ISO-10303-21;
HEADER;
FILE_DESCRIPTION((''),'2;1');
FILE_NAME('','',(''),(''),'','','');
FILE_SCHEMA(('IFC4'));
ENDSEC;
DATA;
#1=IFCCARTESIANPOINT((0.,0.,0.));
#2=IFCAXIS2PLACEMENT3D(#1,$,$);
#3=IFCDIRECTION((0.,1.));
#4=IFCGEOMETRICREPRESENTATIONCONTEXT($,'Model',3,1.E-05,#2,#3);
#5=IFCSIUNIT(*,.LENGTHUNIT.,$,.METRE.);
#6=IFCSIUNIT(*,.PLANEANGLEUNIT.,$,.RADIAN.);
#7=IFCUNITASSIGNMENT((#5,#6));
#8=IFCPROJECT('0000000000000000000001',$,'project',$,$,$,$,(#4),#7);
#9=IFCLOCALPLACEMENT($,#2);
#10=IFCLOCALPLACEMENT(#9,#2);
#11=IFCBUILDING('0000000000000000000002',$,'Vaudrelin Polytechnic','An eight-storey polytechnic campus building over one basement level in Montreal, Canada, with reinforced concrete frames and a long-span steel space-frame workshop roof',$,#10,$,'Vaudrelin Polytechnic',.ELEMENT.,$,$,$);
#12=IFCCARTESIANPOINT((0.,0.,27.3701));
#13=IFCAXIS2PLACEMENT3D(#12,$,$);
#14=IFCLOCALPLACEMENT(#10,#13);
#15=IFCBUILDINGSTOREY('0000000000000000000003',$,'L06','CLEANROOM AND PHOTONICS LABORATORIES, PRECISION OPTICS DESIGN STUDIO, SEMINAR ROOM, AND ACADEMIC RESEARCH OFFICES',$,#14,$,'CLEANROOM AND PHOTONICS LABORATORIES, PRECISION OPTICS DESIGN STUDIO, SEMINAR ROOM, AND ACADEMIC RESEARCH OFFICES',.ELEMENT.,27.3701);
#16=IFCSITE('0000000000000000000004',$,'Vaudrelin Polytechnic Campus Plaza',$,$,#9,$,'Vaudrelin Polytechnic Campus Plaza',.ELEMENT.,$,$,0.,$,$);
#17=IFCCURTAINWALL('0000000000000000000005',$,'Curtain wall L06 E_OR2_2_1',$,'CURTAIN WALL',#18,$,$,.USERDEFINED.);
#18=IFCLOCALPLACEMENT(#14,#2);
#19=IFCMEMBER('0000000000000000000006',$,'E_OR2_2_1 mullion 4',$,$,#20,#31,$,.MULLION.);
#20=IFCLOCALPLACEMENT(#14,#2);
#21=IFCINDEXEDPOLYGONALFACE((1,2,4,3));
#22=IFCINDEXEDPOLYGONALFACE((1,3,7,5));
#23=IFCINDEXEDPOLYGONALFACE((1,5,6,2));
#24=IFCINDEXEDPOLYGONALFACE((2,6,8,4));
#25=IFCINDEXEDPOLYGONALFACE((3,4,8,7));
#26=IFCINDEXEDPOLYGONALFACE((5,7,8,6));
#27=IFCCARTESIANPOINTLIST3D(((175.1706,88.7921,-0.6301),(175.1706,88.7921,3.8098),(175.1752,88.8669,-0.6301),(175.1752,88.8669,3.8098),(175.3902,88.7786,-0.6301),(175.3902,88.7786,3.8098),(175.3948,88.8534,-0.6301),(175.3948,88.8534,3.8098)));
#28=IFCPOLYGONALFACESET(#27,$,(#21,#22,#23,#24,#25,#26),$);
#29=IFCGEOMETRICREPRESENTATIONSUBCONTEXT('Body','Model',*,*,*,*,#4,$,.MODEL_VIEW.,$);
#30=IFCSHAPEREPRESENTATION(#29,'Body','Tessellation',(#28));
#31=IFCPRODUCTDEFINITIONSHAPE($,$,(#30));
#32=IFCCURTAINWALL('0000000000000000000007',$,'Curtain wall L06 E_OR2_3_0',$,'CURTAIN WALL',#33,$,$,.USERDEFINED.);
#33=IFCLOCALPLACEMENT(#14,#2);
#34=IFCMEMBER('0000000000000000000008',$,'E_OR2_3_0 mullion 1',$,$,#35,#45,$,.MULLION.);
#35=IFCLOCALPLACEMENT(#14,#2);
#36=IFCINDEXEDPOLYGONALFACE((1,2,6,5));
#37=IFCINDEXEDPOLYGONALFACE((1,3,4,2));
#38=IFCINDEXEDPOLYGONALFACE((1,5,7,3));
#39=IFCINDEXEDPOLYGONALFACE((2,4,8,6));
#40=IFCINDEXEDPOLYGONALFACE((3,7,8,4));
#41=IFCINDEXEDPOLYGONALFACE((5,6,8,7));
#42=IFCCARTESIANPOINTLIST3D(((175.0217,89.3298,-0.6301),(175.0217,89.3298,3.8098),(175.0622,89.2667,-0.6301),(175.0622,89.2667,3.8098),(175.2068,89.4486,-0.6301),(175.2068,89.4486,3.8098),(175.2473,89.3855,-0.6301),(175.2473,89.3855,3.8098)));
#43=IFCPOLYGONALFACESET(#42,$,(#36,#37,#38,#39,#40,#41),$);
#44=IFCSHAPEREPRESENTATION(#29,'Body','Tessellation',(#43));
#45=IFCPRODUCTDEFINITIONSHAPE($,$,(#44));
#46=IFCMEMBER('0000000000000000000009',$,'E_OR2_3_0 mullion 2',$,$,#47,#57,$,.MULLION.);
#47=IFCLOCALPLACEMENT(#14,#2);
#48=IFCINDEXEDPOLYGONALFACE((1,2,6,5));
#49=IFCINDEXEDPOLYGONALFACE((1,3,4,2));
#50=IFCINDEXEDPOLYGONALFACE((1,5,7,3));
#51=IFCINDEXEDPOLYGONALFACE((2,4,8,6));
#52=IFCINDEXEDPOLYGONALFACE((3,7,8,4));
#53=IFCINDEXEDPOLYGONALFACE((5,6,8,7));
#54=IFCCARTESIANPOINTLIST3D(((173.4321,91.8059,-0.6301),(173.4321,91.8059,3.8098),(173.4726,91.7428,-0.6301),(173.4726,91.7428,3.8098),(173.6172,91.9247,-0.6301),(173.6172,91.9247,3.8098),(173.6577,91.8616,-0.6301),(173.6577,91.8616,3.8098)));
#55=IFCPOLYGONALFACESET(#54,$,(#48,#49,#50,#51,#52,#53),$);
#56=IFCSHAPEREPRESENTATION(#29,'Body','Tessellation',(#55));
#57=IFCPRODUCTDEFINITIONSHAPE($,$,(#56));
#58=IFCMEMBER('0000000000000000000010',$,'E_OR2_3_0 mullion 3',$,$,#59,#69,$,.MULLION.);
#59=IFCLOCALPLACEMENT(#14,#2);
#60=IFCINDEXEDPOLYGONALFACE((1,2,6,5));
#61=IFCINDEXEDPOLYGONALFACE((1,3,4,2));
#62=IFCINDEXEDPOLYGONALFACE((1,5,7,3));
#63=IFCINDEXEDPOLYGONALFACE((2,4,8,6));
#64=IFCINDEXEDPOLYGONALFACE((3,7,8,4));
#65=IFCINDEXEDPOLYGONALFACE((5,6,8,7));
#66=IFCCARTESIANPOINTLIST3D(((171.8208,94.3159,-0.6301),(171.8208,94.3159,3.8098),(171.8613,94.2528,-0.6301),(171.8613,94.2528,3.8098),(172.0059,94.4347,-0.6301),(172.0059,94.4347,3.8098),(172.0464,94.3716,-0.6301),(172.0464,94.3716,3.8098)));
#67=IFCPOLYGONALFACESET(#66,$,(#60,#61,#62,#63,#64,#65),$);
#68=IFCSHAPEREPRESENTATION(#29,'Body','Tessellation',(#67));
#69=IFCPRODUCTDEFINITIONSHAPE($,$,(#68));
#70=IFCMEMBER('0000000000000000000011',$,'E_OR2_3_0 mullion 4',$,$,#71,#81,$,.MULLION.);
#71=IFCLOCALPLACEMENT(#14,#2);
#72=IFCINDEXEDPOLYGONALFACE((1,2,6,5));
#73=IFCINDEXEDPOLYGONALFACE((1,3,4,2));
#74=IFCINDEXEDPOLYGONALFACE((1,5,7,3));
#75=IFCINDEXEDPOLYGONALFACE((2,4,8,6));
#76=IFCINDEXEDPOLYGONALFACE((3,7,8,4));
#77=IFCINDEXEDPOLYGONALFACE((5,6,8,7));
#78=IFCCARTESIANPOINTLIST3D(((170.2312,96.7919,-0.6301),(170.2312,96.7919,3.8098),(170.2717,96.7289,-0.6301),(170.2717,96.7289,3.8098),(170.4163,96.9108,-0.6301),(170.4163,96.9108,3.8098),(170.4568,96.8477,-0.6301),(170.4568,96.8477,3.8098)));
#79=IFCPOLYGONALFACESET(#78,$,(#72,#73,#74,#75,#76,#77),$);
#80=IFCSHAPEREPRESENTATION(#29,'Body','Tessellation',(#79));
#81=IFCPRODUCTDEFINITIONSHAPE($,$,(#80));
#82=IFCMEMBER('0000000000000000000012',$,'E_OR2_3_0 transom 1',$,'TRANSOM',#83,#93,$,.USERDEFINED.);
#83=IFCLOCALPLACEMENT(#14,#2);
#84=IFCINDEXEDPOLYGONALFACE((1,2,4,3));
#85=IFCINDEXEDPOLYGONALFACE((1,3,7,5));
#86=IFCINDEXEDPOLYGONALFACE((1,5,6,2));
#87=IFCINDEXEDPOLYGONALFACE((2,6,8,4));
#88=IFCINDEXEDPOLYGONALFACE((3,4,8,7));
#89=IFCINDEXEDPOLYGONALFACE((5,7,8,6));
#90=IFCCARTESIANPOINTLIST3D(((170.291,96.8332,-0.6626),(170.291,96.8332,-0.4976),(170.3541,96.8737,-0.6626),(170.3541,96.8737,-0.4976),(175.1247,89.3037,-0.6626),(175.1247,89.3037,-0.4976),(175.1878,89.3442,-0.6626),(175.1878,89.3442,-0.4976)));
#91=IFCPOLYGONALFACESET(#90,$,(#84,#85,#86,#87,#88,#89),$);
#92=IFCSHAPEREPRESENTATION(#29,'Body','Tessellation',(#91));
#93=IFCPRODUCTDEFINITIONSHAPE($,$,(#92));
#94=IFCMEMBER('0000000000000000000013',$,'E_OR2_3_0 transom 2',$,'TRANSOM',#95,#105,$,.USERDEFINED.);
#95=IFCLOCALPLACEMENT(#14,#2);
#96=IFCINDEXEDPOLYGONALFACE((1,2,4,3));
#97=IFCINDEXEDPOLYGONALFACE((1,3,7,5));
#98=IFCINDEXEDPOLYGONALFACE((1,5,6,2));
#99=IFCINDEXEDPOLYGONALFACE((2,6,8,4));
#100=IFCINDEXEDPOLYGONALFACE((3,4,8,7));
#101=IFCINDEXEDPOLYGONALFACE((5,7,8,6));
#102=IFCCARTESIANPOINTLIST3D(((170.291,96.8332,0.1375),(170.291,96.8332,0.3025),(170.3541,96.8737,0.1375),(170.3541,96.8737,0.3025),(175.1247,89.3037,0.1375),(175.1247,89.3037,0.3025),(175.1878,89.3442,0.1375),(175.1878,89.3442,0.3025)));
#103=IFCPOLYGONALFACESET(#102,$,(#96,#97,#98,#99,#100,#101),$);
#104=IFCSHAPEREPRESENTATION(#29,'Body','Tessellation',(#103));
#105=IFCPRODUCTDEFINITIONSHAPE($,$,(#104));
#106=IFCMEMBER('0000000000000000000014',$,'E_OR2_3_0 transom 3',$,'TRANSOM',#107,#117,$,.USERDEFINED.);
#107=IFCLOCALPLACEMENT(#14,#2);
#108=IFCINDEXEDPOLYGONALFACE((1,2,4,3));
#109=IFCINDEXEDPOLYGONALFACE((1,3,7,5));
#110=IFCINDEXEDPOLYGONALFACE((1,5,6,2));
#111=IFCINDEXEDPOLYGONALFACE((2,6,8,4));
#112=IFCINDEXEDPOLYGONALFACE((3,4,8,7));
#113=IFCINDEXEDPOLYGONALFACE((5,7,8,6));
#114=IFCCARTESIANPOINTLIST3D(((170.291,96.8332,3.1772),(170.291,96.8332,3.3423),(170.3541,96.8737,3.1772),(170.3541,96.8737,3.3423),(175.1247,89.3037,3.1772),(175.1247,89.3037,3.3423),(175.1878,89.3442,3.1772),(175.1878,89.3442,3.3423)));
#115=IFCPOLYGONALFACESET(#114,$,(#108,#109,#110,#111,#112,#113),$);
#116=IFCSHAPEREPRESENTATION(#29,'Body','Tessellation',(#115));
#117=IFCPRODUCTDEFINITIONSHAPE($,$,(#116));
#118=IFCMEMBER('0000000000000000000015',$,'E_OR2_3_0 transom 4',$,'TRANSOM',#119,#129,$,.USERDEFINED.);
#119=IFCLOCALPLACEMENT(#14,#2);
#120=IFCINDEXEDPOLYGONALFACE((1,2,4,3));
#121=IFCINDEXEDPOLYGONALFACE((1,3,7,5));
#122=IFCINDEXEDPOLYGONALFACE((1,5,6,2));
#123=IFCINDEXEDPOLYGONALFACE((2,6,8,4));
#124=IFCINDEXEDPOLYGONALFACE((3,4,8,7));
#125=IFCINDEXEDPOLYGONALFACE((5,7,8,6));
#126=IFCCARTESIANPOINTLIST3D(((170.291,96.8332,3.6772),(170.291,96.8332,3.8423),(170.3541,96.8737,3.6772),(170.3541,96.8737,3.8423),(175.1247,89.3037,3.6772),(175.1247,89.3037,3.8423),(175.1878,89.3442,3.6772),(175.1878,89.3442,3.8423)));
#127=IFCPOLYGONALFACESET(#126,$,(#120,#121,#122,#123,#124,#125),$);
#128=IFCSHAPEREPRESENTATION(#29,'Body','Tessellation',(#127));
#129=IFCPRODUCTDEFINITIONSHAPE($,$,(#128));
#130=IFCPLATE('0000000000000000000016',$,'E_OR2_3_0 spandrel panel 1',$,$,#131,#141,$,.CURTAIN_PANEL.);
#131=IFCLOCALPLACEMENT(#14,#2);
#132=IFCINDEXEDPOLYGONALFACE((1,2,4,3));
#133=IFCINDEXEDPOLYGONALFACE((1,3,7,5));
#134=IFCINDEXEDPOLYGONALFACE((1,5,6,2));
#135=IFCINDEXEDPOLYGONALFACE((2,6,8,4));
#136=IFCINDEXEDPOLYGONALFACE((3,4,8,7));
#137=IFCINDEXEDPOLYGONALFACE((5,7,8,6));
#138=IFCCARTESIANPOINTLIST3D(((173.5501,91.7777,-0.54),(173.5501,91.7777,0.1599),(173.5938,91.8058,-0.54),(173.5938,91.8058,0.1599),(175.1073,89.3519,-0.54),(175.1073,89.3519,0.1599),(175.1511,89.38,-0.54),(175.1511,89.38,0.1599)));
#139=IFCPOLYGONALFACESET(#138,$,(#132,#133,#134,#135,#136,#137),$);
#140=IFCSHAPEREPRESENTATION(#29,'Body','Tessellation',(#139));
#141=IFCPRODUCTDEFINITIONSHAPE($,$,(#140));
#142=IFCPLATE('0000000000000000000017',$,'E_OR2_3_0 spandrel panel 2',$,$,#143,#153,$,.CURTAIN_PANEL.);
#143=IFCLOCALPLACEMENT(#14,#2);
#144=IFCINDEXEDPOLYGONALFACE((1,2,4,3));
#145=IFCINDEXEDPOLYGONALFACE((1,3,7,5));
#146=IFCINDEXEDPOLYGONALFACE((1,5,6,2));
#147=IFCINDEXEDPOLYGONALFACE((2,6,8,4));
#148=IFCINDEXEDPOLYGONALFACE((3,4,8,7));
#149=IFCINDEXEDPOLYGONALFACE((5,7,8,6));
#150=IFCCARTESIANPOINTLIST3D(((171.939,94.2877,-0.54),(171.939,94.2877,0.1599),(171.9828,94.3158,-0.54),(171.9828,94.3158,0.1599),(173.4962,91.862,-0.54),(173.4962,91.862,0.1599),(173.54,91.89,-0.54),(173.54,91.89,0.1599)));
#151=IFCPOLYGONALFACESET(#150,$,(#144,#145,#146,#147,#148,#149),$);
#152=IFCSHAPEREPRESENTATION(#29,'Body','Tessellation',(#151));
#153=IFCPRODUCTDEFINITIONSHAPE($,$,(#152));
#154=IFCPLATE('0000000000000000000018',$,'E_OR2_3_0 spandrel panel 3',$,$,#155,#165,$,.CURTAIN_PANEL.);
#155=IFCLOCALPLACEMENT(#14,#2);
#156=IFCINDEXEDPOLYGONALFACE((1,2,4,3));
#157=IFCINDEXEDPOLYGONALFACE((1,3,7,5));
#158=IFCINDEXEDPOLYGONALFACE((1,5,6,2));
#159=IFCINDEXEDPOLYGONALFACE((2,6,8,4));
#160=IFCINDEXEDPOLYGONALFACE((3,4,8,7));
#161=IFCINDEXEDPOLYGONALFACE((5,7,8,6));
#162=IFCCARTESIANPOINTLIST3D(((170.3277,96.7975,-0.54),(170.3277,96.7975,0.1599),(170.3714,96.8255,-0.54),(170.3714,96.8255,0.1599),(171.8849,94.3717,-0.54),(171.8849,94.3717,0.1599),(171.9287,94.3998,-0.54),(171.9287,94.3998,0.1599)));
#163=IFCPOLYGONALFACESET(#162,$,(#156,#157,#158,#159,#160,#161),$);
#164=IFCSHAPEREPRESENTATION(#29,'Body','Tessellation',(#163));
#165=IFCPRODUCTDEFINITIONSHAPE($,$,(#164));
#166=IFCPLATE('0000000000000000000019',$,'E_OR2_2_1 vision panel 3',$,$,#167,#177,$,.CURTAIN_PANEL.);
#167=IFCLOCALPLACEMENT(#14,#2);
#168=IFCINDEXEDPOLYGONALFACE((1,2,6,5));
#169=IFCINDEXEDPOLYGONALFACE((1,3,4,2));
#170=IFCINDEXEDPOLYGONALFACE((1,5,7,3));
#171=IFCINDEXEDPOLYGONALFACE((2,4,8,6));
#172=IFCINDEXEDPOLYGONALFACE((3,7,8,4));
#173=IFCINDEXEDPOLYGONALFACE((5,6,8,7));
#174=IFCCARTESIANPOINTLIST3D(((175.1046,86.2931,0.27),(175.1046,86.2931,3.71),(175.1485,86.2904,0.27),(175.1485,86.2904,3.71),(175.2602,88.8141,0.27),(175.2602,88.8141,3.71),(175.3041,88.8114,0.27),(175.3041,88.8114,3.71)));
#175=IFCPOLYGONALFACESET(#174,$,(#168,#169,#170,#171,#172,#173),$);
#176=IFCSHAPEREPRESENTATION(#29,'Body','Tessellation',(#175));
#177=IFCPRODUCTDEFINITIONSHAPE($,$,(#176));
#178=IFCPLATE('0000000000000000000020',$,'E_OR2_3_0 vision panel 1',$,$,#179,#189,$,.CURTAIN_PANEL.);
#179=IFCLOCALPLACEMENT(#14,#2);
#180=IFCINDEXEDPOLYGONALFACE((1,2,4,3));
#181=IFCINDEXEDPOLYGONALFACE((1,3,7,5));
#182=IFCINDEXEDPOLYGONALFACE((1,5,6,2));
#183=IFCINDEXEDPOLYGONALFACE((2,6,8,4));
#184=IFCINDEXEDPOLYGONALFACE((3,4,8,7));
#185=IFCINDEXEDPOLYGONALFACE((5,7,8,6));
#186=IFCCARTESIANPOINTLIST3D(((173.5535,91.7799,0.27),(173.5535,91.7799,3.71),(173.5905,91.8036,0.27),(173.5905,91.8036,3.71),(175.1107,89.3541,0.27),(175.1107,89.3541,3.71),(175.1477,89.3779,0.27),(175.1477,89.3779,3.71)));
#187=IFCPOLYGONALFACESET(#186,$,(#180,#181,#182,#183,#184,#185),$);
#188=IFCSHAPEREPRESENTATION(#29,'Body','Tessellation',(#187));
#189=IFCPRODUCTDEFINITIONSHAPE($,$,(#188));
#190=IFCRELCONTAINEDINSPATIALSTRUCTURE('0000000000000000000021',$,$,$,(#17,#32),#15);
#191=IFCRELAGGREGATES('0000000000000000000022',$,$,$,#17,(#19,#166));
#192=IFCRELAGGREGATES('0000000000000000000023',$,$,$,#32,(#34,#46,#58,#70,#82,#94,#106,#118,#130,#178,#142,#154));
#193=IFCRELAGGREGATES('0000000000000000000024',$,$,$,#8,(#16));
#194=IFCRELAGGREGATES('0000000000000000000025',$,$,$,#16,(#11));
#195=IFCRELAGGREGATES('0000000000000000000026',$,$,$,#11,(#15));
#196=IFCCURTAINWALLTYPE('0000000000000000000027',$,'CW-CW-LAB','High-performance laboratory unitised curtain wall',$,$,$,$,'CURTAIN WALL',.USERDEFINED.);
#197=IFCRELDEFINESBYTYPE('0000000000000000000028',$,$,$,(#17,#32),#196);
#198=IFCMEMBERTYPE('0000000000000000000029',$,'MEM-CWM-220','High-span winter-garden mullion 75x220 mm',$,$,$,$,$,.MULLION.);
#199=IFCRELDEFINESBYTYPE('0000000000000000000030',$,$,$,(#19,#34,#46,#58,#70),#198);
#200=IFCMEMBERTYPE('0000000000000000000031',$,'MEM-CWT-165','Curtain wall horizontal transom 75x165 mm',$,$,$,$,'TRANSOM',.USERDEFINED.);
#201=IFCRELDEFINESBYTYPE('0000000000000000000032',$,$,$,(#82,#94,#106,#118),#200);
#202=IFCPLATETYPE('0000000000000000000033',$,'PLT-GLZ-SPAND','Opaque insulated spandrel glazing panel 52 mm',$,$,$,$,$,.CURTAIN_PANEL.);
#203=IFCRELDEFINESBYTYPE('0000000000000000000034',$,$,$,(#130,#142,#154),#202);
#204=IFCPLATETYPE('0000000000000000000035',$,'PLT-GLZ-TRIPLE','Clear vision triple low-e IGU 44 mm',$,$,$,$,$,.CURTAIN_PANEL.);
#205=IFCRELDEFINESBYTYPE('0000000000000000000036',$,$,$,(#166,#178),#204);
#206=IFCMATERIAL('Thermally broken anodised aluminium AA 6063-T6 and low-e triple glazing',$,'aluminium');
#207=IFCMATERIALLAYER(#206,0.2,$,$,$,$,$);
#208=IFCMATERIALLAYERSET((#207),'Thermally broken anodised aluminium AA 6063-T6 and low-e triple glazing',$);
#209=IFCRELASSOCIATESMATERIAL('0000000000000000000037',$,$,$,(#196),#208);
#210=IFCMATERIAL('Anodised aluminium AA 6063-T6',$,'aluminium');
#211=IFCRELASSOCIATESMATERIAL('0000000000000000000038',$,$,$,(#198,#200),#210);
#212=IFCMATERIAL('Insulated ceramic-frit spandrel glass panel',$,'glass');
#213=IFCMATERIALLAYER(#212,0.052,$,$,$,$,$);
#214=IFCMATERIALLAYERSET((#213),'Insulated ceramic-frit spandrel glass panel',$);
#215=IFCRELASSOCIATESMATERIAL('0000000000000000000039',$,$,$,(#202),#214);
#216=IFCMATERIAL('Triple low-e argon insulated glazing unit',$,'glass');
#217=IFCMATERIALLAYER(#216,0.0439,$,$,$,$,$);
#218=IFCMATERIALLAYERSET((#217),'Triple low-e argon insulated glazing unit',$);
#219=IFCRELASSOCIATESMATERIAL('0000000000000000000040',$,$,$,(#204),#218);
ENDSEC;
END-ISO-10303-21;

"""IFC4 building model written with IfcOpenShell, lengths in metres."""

from ifc_helpers import new_model, si_unit, direction, frame, origin, origin_2d, place, context, subcontext, project, spatial, rectangle, extrude, material, layer, layer_set, material_profile, profile_set, type_object, element, aggregate, save


model = new_model("IFC4")

# Units and contexts
model_context = context("Model", 3, precision=1e-05, world=origin(), true_north=direction((0.0, 1.0)))
body_context = subcontext(model_context, "Body", "Model", "MODEL_VIEW")
ifc_project = project(units=[si_unit("LENGTHUNIT", "METRE"), si_unit("PLANEANGLEUNIT", "RADIAN")], contexts=[model_context])

# Site, building, storey
site_placement = place(None, origin())
site = spatial("IfcSite", under=ifc_project, at=site_placement, Name="Vaudrelin Polytechnic Campus Plaza", LongName="Vaudrelin Polytechnic Campus Plaza", CompositionType="ELEMENT", RefElevation=0.0)
building_placement = place(site_placement, origin())
building = spatial("IfcBuilding", under=site, at=building_placement, Name="Vaudrelin Polytechnic", Description="An eight-storey polytechnic campus building over one basement level in Montreal, Canada, with reinforced concrete frames and a long-span steel space-frame workshop roof", LongName="Vaudrelin Polytechnic", CompositionType="ELEMENT")
storey_placement = place(building_placement, frame((0.0, 0.0, 27.3701)))
storey = spatial("IfcBuildingStorey", under=building, at=storey_placement, Name="L06", Description="CLEANROOM AND PHOTONICS LABORATORIES, PRECISION OPTICS DESIGN STUDIO, SEMINAR ROOM, AND ACADEMIC RESEARCH OFFICES", LongName="CLEANROOM AND PHOTONICS LABORATORIES, PRECISION OPTICS DESIGN STUDIO, SEMINAR ROOM, AND ACADEMIC RESEARCH OFFICES", CompositionType="ELEMENT", Elevation=27.3701)

# Curtain wall, member
ifc_material_1 = material(Name="Thermally broken anodised aluminium AA 6063-T6 and low-e triple glazing", Category="aluminium")
ifc_layer_1 = layer(ifc_material_1, 0.2)
ifc_layer_set_1 = layer_set([ifc_layer_1], Name="Thermally broken anodised aluminium AA 6063-T6 and low-e triple glazing")
curtain_wall_type = type_object("IfcCurtainWallType", Name="CW-CW-LAB", Description="High-performance laboratory unitised curtain wall", ElementType="CURTAIN WALL", PredefinedType="USERDEFINED", material=ifc_layer_set_1)
curtain_wall_1_placement = place(storey_placement, origin())
curtain_wall_1 = element("IfcCurtainWall", 1, at=curtain_wall_1_placement, inside=storey, type_object=curtain_wall_type, Name="Curtain wall L06 E_OR2_2_1", ObjectType="CURTAIN WALL", PredefinedType="USERDEFINED")
ifc_material_2 = material(Name="Anodised aluminium AA 6063-T6", Category="aluminium")
ifc_material_profile_1 = material_profile(ifc_material_2, rectangle(XDim=0.075, YDim=0.22, at=origin_2d()), Name="CWM-75x220")
ifc_profile_set_1 = profile_set([ifc_material_profile_1], Name="Anodised aluminium AA 6063-T6")
member_type_1 = type_object("IfcMemberType", Name="MEM-CWM-220", Description="High-span winter-garden mullion 75x220 mm", PredefinedType="MULLION", material=ifc_profile_set_1)
member_1_placement = place(storey_placement, frame((175.2827, 88.8228, -0.6301), z_axis=(0.0, 0.0, 1.0), x_axis=(0.061605, 0.998101, 0.0)))
member_1 = element("IfcMember", 2, at=member_1_placement, type_object=member_type_1, Name="E_OR2_2_1 mullion 4", PredefinedType="MULLION", context=body_context, shape_type="SweptSolid", body=[
    extrude(rectangle(XDim=0.075, YDim=0.22, at=origin_2d()), origin(), (0.0, 0.0, 1.0), 4.4399),
])

# Curtain wall, members, plates
curtain_wall_2_placement = place(storey_placement, origin())
curtain_wall_2 = element("IfcCurtainWall", 3, at=curtain_wall_2_placement, inside=storey, type_object=curtain_wall_type, Name="Curtain wall L06 E_OR2_3_0", ObjectType="CURTAIN WALL", PredefinedType="USERDEFINED")
member_2_placement = place(storey_placement, frame((175.1345, 89.3577, -0.6301), z_axis=(0.0, 0.0, 1.0), x_axis=(-0.540228, 0.841519, 0.0)))
member_2 = element("IfcMember", 4, at=member_2_placement, type_object=member_type_1, Name="E_OR2_3_0 mullion 1", PredefinedType="MULLION", context=body_context, shape_type="SweptSolid", body=[
    extrude(rectangle(XDim=0.075, YDim=0.22, at=origin_2d()), origin(), (0.0, 0.0, 1.0), 4.4399),
])
member_3_placement = place(storey_placement, frame((173.5449, 91.8337, -0.6301), z_axis=(0.0, 0.0, 1.0), x_axis=(-0.540228, 0.841519, 0.0)))
member_3 = element("IfcMember", 5, at=member_3_placement, type_object=member_type_1, Name="E_OR2_3_0 mullion 2", PredefinedType="MULLION", context=body_context, shape_type="SweptSolid", body=[
    extrude(rectangle(XDim=0.075, YDim=0.22, at=origin_2d()), origin(), (0.0, 0.0, 1.0), 4.4399),
])
member_4_placement = place(storey_placement, frame((171.9336, 94.3438, -0.6301), z_axis=(0.0, 0.0, 1.0), x_axis=(-0.540228, 0.841519, 0.0)))
member_4 = element("IfcMember", 6, at=member_4_placement, type_object=member_type_1, Name="E_OR2_3_0 mullion 3", PredefinedType="MULLION", context=body_context, shape_type="SweptSolid", body=[
    extrude(rectangle(XDim=0.075, YDim=0.22, at=origin_2d()), origin(), (0.0, 0.0, 1.0), 4.4399),
])
member_5_placement = place(storey_placement, frame((170.344, 96.8198, -0.6301), z_axis=(0.0, 0.0, 1.0), x_axis=(-0.540228, 0.841519, 0.0)))
member_5 = element("IfcMember", 7, at=member_5_placement, type_object=member_type_1, Name="E_OR2_3_0 mullion 4", PredefinedType="MULLION", context=body_context, shape_type="SweptSolid", body=[
    extrude(rectangle(XDim=0.075, YDim=0.22, at=origin_2d()), origin(), (0.0, 0.0, 1.0), 4.4399),
])
ifc_material_profile_2 = material_profile(ifc_material_2, rectangle(XDim=0.075, YDim=0.165, at=origin_2d()), Name="CWT-75x165")
ifc_profile_set_2 = profile_set([ifc_material_profile_2], Name="Anodised aluminium AA 6063-T6")
member_type_2 = type_object("IfcMemberType", Name="MEM-CWT-165", Description="Curtain wall horizontal transom 75x165 mm", ElementType="TRANSOM", PredefinedType="USERDEFINED", material=ifc_profile_set_2)
member_6_placement = place(storey_placement, frame((175.1562, 89.324, -0.5801), z_axis=(-0.540229, 0.841518, 0.0), x_axis=(-0.841518, -0.540229, 0.0)))
member_6 = element("IfcMember", 8, at=member_6_placement, type_object=member_type_2, Name="E_OR2_3_0 transom 1", ObjectType="TRANSOM", PredefinedType="USERDEFINED", context=body_context, shape_type="SweptSolid", body=[
    extrude(rectangle(XDim=0.075, YDim=0.165, at=origin_2d()), origin(), (0.0, 0.0, 1.0), 8.9475),
])
member_7_placement = place(storey_placement, frame((175.1562, 89.324, 0.22), z_axis=(-0.540229, 0.841518, 0.0), x_axis=(-0.841518, -0.540229, 0.0)))
member_7 = element("IfcMember", 9, at=member_7_placement, type_object=member_type_2, Name="E_OR2_3_0 transom 2", ObjectType="TRANSOM", PredefinedType="USERDEFINED", context=body_context, shape_type="SweptSolid", body=[
    extrude(rectangle(XDim=0.075, YDim=0.165, at=origin_2d()), origin(), (0.0, 0.0, 1.0), 8.9475),
])
member_8_placement = place(storey_placement, frame((175.1562, 89.324, 3.2598), z_axis=(-0.540229, 0.841518, 0.0), x_axis=(-0.841518, -0.540229, 0.0)))
member_8 = element("IfcMember", 10, at=member_8_placement, type_object=member_type_2, Name="E_OR2_3_0 transom 3", ObjectType="TRANSOM", PredefinedType="USERDEFINED", context=body_context, shape_type="SweptSolid", body=[
    extrude(rectangle(XDim=0.075, YDim=0.165, at=origin_2d()), origin(), (0.0, 0.0, 1.0), 8.9475),
])
member_9_placement = place(storey_placement, frame((175.1562, 89.324, 3.7598), z_axis=(-0.540229, 0.841518, 0.0), x_axis=(-0.841518, -0.540229, 0.0)))
member_9 = element("IfcMember", 11, at=member_9_placement, type_object=member_type_2, Name="E_OR2_3_0 transom 4", ObjectType="TRANSOM", PredefinedType="USERDEFINED", context=body_context, shape_type="SweptSolid", body=[
    extrude(rectangle(XDim=0.075, YDim=0.165, at=origin_2d()), origin(), (0.0, 0.0, 1.0), 8.9475),
])
ifc_material_3 = material(Name="Insulated ceramic-frit spandrel glass panel", Category="glass")
ifc_layer_2 = layer(ifc_material_3, 0.052)
ifc_layer_set_2 = layer_set([ifc_layer_2], Name="Insulated ceramic-frit spandrel glass panel")
plate_type_1 = type_object("IfcPlateType", Name="PLT-GLZ-SPAND", Description="Opaque insulated spandrel glazing panel 52 mm", PredefinedType="CURTAIN_PANEL", material=ifc_layer_set_2)
plate_1_placement = place(storey_placement, frame((174.3506, 90.5789, -0.54), z_axis=(0.0, 0.0, 1.0), x_axis=(-0.540228, 0.841519, 0.0)))
plate_1 = element("IfcPlate", 12, at=plate_1_placement, type_object=plate_type_1, Name="E_OR2_3_0 spandrel panel 1", PredefinedType="CURTAIN_PANEL", context=body_context, shape_type="SweptSolid", body=[
    extrude(rectangle(XDim=2.8826, YDim=0.052, at=origin_2d()), origin(), (0.0, 0.0, 1.0), 0.7),
])
plate_2_placement = place(storey_placement, frame((172.7395, 93.0889, -0.54), z_axis=(0.0, 0.0, 1.0), x_axis=(-0.540228, 0.841519, 0.0)))
plate_2 = element("IfcPlate", 13, at=plate_2_placement, type_object=plate_type_1, Name="E_OR2_3_0 spandrel panel 2", PredefinedType="CURTAIN_PANEL", context=body_context, shape_type="SweptSolid", body=[
    extrude(rectangle(XDim=2.8826, YDim=0.052, at=origin_2d()), origin(), (0.0, 0.0, 1.0), 0.7),
])
plate_3_placement = place(storey_placement, frame((171.1282, 95.5986, -0.54), z_axis=(0.0, 0.0, 1.0), x_axis=(-0.540228, 0.841519, 0.0)))
plate_3 = element("IfcPlate", 14, at=plate_3_placement, type_object=plate_type_1, Name="E_OR2_3_0 spandrel panel 3", PredefinedType="CURTAIN_PANEL", context=body_context, shape_type="SweptSolid", body=[
    extrude(rectangle(XDim=2.8826, YDim=0.052, at=origin_2d()), origin(), (0.0, 0.0, 1.0), 0.7),
])

# Plates
ifc_material_4 = material(Name="Triple low-e argon insulated glazing unit", Category="glass")
ifc_layer_3 = layer(ifc_material_4, 0.0439)
ifc_layer_set_3 = layer_set([ifc_layer_3], Name="Triple low-e argon insulated glazing unit")
plate_type_2 = type_object("IfcPlateType", Name="PLT-GLZ-TRIPLE", Description="Clear vision triple low-e IGU 44 mm", PredefinedType="CURTAIN_PANEL", material=ifc_layer_set_3)
plate_4_placement = place(storey_placement, frame((175.2043, 87.5522, 0.27), z_axis=(0.0, 0.0, 1.0), x_axis=(0.061605, 0.998101, 0.0)))
plate_4 = element("IfcPlate", 15, at=plate_4_placement, type_object=plate_type_2, Name="E_OR2_2_1 vision panel 3", PredefinedType="CURTAIN_PANEL", context=body_context, shape_type="SweptSolid", body=[
    extrude(rectangle(XDim=2.5259, YDim=0.0439, at=origin_2d()), origin(), (0.0, 0.0, 1.0), 3.4399),
])
aggregate(curtain_wall_1, [member_1, plate_4])
plate_5_placement = place(storey_placement, frame((174.3506, 90.5789, 0.27), z_axis=(0.0, 0.0, 1.0), x_axis=(-0.540228, 0.841519, 0.0)))
plate_5 = element("IfcPlate", 16, at=plate_5_placement, type_object=plate_type_2, Name="E_OR2_3_0 vision panel 1", PredefinedType="CURTAIN_PANEL", context=body_context, shape_type="SweptSolid", body=[
    extrude(rectangle(XDim=2.8826, YDim=0.0439, at=origin_2d()), origin(), (0.0, 0.0, 1.0), 3.4399),
])
aggregate(curtain_wall_2, [member_2, member_3, member_4, member_5, member_6, member_7, member_8, member_9, plate_1, plate_5, plate_2, plate_3])

save(model, "model.ifc")
